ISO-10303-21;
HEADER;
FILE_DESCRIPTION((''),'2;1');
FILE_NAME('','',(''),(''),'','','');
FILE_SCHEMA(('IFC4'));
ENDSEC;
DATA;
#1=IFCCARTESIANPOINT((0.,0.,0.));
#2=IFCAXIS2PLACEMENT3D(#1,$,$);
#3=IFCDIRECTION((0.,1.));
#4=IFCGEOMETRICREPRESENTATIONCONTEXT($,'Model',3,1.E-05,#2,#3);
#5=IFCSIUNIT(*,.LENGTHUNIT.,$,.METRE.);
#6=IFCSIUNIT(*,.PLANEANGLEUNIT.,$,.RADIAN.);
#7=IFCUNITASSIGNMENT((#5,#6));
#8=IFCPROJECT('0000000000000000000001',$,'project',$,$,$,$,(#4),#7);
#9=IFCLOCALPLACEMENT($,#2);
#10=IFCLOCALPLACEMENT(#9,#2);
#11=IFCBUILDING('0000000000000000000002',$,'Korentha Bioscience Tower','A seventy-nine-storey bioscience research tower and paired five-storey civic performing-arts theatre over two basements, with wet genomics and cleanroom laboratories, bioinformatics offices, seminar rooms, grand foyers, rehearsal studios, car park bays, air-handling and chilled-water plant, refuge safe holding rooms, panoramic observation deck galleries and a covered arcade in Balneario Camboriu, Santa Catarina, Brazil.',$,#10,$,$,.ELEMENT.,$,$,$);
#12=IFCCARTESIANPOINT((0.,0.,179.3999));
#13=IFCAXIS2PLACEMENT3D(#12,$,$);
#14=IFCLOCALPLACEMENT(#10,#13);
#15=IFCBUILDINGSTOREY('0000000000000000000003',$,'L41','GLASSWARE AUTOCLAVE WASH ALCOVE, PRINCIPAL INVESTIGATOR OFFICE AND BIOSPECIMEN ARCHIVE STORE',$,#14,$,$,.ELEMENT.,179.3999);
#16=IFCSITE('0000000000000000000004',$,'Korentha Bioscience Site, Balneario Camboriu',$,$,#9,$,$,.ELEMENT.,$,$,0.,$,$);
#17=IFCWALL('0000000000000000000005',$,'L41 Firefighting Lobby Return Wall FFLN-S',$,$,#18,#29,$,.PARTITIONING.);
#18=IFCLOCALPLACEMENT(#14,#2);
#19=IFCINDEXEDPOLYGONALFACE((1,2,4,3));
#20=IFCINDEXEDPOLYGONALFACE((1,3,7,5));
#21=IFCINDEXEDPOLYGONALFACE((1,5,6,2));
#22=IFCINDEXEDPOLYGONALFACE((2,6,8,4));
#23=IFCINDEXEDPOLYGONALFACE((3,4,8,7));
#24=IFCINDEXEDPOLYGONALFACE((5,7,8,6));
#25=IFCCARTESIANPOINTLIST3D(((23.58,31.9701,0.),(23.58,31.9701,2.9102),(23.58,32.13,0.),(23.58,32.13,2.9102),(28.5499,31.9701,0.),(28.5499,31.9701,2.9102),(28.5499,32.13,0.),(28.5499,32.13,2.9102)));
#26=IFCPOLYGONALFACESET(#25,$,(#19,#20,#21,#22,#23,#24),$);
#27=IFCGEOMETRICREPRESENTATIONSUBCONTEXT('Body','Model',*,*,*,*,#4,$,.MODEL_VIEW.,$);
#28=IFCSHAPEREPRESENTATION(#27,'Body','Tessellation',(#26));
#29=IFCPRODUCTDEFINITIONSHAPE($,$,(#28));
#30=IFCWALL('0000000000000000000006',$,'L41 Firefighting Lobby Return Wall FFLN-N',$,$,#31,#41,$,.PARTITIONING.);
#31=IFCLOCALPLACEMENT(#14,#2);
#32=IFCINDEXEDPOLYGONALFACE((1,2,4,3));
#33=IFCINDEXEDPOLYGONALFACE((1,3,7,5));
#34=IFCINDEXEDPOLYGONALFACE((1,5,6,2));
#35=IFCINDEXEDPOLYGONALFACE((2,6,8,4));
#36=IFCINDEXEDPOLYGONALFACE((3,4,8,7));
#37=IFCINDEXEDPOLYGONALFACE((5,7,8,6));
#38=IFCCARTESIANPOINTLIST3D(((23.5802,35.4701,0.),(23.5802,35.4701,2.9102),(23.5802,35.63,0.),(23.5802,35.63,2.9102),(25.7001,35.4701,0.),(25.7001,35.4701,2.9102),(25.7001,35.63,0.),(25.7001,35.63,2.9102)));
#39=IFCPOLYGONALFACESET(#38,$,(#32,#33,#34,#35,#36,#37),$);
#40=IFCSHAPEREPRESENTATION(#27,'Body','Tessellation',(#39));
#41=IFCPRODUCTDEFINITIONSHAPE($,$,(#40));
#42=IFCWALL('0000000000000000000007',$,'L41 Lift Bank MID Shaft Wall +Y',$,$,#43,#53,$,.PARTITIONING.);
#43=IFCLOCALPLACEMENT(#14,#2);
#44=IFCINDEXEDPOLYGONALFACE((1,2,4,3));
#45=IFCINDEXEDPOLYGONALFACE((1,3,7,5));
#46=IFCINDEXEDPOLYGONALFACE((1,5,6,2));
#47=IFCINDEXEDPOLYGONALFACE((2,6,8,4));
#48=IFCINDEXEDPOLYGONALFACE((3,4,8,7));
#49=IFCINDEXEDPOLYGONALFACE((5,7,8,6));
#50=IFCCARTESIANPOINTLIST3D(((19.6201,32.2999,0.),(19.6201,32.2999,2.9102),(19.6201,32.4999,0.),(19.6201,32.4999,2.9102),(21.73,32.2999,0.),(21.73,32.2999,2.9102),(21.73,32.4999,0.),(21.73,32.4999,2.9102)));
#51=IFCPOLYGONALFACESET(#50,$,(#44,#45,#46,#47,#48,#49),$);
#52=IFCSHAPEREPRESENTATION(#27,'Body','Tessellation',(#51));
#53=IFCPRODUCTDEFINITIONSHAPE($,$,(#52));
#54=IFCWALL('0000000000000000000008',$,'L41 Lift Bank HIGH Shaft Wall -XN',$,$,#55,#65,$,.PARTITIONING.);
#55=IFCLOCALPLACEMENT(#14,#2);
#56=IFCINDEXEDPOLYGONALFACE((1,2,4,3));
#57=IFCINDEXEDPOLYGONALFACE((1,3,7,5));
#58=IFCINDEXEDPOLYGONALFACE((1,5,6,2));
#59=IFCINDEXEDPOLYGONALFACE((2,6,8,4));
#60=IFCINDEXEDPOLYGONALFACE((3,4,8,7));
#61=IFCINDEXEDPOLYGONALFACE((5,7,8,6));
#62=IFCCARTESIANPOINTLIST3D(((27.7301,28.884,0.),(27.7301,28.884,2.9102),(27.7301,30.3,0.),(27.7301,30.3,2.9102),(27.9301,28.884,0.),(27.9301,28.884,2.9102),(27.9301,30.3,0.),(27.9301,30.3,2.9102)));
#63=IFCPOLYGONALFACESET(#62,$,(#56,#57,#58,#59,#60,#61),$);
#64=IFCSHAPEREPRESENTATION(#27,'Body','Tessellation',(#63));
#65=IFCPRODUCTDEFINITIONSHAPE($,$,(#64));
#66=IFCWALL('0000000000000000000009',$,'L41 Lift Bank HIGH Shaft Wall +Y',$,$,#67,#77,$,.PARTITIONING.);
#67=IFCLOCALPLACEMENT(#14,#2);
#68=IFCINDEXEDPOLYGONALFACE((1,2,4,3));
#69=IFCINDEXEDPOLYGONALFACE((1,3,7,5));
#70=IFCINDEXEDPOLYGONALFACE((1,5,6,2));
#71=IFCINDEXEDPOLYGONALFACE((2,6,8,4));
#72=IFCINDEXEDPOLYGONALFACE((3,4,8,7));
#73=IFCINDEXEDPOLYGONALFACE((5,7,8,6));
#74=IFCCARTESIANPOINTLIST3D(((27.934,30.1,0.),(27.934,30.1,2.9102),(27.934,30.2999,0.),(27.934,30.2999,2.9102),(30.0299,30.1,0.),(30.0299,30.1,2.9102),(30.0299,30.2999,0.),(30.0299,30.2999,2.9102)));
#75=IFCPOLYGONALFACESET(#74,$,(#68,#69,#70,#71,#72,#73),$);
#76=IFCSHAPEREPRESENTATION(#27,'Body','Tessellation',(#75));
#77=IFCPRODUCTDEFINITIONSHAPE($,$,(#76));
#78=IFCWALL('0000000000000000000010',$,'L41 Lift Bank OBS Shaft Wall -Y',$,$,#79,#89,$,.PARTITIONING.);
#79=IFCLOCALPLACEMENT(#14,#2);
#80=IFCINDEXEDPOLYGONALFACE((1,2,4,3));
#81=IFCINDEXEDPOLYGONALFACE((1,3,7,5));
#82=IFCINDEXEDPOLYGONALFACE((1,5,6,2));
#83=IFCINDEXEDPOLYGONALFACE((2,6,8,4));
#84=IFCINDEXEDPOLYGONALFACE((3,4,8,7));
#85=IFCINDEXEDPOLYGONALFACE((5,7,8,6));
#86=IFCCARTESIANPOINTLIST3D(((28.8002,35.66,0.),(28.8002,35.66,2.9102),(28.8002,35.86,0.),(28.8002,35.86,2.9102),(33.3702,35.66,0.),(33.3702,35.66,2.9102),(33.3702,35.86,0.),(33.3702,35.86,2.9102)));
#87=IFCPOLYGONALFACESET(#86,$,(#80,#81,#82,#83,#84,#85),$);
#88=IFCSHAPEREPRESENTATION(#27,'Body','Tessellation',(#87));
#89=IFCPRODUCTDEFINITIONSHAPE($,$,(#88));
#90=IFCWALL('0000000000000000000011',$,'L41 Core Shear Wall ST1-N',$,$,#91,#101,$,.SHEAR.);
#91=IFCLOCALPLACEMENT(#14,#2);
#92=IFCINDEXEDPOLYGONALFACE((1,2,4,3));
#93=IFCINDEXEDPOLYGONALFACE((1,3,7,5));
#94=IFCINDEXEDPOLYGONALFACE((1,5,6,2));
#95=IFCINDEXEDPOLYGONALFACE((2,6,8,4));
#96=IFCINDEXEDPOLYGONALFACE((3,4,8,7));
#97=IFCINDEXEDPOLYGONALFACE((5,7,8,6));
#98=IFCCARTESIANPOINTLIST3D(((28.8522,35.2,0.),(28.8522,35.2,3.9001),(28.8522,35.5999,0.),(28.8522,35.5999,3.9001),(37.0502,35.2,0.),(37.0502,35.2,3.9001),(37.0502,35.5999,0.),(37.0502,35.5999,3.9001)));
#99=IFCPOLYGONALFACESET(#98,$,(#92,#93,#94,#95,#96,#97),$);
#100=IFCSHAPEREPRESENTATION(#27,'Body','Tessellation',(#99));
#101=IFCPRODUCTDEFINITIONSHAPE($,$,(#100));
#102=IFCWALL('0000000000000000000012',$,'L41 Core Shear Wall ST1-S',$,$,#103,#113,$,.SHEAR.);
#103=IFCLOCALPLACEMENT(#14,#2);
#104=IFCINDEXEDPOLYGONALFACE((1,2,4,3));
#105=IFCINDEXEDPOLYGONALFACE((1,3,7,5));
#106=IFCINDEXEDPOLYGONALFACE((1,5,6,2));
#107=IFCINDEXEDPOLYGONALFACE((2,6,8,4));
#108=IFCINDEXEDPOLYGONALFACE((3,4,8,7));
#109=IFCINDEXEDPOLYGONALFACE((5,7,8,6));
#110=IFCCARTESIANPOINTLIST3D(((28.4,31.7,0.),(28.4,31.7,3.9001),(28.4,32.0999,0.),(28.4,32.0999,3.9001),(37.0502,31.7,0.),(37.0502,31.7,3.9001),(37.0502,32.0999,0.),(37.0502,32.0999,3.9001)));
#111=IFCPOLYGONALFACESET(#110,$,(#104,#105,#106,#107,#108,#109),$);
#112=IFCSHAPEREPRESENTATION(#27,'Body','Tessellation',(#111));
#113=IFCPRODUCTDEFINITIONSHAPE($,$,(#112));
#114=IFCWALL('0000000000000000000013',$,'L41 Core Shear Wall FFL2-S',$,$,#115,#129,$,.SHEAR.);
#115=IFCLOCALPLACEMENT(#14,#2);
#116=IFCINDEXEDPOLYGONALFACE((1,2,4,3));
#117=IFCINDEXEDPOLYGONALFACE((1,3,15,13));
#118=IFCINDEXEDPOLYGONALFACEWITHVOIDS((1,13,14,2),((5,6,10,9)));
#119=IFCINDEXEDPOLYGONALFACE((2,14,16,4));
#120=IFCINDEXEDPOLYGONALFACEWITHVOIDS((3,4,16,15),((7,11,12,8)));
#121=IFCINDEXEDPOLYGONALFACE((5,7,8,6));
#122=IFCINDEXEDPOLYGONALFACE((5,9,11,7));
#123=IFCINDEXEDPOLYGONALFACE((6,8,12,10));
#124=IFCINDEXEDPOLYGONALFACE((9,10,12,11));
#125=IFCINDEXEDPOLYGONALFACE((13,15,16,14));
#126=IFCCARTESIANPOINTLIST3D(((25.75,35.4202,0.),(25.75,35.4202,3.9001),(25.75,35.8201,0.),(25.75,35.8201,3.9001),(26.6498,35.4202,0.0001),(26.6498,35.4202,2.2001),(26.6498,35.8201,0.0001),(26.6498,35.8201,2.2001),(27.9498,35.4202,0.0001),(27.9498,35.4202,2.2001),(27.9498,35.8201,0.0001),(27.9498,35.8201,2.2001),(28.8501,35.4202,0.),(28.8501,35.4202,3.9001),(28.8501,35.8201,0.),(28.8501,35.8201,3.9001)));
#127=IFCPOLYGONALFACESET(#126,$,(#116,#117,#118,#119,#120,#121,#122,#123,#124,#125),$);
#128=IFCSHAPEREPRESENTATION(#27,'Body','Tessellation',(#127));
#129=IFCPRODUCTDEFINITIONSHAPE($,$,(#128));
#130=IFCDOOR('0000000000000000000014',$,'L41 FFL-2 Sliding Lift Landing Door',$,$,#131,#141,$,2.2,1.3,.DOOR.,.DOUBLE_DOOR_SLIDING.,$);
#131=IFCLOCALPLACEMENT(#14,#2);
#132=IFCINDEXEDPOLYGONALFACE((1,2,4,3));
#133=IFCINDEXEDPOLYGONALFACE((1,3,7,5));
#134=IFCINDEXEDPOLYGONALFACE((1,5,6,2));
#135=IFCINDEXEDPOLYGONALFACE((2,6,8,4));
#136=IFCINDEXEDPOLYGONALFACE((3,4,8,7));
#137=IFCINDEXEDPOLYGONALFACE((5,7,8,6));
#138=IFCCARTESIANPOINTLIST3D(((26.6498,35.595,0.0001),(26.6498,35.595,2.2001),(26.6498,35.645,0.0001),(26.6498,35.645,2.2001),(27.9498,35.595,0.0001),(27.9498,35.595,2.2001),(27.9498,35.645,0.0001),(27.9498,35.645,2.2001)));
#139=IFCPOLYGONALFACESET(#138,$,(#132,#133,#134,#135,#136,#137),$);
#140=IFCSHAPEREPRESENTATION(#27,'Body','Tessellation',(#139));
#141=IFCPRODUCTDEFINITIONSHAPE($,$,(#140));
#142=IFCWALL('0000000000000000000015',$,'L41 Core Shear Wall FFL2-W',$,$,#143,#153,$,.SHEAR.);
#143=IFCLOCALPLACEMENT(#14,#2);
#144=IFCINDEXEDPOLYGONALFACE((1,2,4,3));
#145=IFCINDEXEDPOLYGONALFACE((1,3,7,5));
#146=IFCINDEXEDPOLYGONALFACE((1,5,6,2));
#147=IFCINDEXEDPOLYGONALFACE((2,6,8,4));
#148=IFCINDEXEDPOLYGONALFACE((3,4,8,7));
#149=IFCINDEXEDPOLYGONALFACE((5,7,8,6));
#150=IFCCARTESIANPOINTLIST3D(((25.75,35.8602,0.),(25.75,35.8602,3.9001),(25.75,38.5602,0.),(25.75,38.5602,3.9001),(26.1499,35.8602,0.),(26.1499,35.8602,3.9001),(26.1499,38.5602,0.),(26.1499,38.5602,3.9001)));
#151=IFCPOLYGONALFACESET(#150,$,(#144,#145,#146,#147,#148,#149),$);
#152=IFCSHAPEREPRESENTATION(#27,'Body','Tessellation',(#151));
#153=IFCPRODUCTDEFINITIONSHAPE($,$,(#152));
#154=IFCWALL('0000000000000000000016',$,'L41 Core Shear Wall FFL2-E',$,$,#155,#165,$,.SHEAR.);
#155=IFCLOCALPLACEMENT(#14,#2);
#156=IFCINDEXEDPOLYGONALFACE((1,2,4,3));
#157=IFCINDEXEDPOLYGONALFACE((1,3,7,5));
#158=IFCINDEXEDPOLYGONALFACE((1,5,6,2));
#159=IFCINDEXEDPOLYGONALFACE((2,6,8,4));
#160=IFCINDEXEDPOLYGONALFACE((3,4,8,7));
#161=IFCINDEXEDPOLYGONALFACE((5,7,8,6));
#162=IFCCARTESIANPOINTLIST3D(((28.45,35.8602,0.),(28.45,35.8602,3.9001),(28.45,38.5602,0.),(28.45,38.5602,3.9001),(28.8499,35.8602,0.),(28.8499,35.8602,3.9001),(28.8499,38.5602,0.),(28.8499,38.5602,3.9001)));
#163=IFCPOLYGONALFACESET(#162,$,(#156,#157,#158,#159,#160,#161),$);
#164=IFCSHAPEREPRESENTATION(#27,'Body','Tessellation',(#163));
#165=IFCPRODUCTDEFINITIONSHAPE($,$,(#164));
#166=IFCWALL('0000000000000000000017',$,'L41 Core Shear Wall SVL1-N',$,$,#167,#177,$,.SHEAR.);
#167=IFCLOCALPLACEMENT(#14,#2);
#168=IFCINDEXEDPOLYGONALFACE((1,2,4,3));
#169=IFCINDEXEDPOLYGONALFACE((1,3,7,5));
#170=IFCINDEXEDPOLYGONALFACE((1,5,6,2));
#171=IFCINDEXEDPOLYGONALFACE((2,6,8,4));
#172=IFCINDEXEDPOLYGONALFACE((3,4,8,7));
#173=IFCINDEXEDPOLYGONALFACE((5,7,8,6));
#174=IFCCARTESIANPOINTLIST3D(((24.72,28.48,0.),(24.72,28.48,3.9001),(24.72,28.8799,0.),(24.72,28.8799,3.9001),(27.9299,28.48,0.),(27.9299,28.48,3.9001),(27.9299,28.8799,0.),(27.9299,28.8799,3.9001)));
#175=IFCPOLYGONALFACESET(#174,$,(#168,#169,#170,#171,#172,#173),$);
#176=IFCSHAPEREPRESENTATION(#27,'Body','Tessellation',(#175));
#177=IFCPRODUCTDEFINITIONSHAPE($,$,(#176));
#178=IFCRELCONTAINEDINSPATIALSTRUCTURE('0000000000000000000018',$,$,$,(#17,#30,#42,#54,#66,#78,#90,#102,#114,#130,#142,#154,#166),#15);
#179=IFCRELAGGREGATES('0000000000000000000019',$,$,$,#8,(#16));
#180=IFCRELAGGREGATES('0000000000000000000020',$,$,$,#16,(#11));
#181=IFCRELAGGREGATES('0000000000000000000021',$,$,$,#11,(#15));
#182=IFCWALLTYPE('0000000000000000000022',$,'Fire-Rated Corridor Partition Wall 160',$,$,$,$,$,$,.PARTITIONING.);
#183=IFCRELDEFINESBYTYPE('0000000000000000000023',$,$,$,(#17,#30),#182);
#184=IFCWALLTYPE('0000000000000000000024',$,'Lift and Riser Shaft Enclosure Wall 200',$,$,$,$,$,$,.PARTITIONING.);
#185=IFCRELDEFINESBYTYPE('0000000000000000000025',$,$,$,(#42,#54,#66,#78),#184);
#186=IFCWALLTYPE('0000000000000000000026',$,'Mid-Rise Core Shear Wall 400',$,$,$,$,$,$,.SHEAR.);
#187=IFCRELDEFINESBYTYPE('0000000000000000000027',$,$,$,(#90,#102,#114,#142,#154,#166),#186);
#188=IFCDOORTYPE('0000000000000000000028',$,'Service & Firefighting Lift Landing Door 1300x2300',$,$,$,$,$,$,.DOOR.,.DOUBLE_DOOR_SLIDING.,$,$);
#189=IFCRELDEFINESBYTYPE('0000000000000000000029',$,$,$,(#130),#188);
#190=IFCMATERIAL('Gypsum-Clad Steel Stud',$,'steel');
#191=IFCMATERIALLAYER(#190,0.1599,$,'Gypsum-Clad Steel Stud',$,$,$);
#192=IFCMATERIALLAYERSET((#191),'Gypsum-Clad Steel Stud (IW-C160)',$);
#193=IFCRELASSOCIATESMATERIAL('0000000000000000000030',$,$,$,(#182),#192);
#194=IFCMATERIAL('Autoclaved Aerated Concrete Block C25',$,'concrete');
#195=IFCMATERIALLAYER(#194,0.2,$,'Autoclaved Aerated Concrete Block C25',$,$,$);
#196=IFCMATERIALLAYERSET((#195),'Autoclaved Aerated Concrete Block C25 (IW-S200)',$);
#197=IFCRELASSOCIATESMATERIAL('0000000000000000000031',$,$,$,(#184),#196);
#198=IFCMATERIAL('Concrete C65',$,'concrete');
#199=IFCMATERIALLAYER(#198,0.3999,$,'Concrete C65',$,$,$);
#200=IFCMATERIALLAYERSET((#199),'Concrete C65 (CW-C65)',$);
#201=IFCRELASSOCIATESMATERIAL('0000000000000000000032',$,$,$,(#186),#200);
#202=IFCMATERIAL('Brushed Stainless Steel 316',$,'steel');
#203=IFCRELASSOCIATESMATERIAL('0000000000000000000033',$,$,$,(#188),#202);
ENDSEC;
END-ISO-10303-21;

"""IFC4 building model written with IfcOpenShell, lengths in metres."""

from ifc_helpers import new_model, si_unit, direction, frame, frame_2d, origin, place, context, subcontext, project, spatial, rectangle, extrude, material, layer, layer_set, type_object, element, fill, save


model = new_model("IFC4")

# Units and contexts
model_context = context("Model", 3, precision=1e-05, world=origin(), true_north=direction((0.0, 1.0)))
body_context = subcontext(model_context, "Body", "Model", "MODEL_VIEW")
ifc_project = project(units=[si_unit("LENGTHUNIT", "METRE"), si_unit("PLANEANGLEUNIT", "RADIAN")], contexts=[model_context])

# Site, building, storey
site_placement = place(None, origin())
site = spatial("IfcSite", under=ifc_project, at=site_placement, Name="Korentha Bioscience Site, Balneario Camboriu", CompositionType="ELEMENT", RefElevation=0.0)
building_placement = place(site_placement, origin())
building = spatial("IfcBuilding", under=site, at=building_placement, Name="Korentha Bioscience Tower", Description="A seventy-nine-storey bioscience research tower and paired five-storey civic performing-arts theatre over two basements, with wet genomics and cleanroom laboratories, bioinformatics offices, seminar rooms, grand foyers, rehearsal studios, car park bays, air-handling and chilled-water plant, refuge safe holding rooms, panoramic observation deck galleries and a covered arcade in Balneario Camboriu, Santa Catarina, Brazil.", CompositionType="ELEMENT")
storey_placement = place(building_placement, frame((0.0, 0.0, 179.3999)))
storey = spatial("IfcBuildingStorey", under=building, at=storey_placement, Name="L41", Description="GLASSWARE AUTOCLAVE WASH ALCOVE, PRINCIPAL INVESTIGATOR OFFICE AND BIOSPECIMEN ARCHIVE STORE", CompositionType="ELEMENT", Elevation=179.3999)

# Shared definitions
ifc_material_1 = material(Name="Concrete C65", Category="concrete")

# Shared definitions
ifc_material_2 = material(Name="Gypsum-Clad Steel Stud", Category="steel")
ifc_layer_1 = layer(ifc_material_2, 0.1599, Name="Gypsum-Clad Steel Stud")
ifc_layer_set_1 = layer_set([ifc_layer_1], Name="Gypsum-Clad Steel Stud (IW-C160)")
wall_type_1 = type_object("IfcWallType", Name="Fire-Rated Corridor Partition Wall 160", PredefinedType="PARTITIONING", material=ifc_layer_set_1)

# Walls
wall_1_placement = place(storey_placement, frame((23.5801, 32.05, 0.0), z_axis=(0.0, 0.0, 1.0), x_axis=(1.0, 0.0, 0.0)))
element("IfcWall", 1, at=wall_1_placement, inside=storey, type_object=wall_type_1, Name="L41 Firefighting Lobby Return Wall FFLN-S", PredefinedType="PARTITIONING", context=body_context, shape_type="SweptSolid", body=[
    extrude(rectangle(XDim=4.97, YDim=0.1599, at=frame_2d((2.4849, 0.0))), origin(), (0.0, 0.0, 1.0), 2.9102),
])
wall_2_placement = place(storey_placement, frame((23.5801, 35.55, 0.0), z_axis=(0.0, 0.0, 1.0), x_axis=(1.0, 0.0, 0.0)))
element("IfcWall", 2, at=wall_2_placement, inside=storey, type_object=wall_type_1, Name="L41 Firefighting Lobby Return Wall FFLN-N", PredefinedType="PARTITIONING", context=body_context, shape_type="SweptSolid", body=[
    extrude(rectangle(XDim=2.1199, YDim=0.1599, at=frame_2d((1.0601, 0.0))), origin(), (0.0, 0.0, 1.0), 2.9102),
])
ifc_material_3 = material(Name="Autoclaved Aerated Concrete Block C25", Category="concrete")
ifc_layer_2 = layer(ifc_material_3, 0.2, Name="Autoclaved Aerated Concrete Block C25")
ifc_layer_set_2 = layer_set([ifc_layer_2], Name="Autoclaved Aerated Concrete Block C25 (IW-S200)")
wall_type_2 = type_object("IfcWallType", Name="Lift and Riser Shaft Enclosure Wall 200", PredefinedType="PARTITIONING", material=ifc_layer_set_2)
wall_3_placement = place(storey_placement, frame((19.6201, 32.3999, 0.0), z_axis=(0.0, 0.0, 1.0), x_axis=(1.0, 0.0, 0.0)))
element("IfcWall", 3, at=wall_3_placement, inside=storey, type_object=wall_type_2, Name="L41 Lift Bank MID Shaft Wall +Y", PredefinedType="PARTITIONING", context=body_context, shape_type="SweptSolid", body=[
    extrude(rectangle(XDim=2.1099, YDim=0.2, at=frame_2d((1.0549, 0.0))), origin(), (0.0, 0.0, 1.0), 2.9102),
])
wall_4_placement = place(storey_placement, frame((27.8301, 28.884, 0.0), z_axis=(0.0, 0.0, 1.0), x_axis=(0.0, 1.0, 0.0)))
element("IfcWall", 4, at=wall_4_placement, inside=storey, type_object=wall_type_2, Name="L41 Lift Bank HIGH Shaft Wall -XN", PredefinedType="PARTITIONING", context=body_context, shape_type="SweptSolid", body=[
    extrude(rectangle(XDim=1.416, YDim=0.2, at=frame_2d((0.708, 0.0))), origin(), (0.0, 0.0, 1.0), 2.9102),
])
wall_5_placement = place(storey_placement, frame((27.9341, 30.2, 0.0), z_axis=(0.0, 0.0, 1.0), x_axis=(1.0, 0.0, 0.0)))
element("IfcWall", 5, at=wall_5_placement, inside=storey, type_object=wall_type_2, Name="L41 Lift Bank HIGH Shaft Wall +Y", PredefinedType="PARTITIONING", context=body_context, shape_type="SweptSolid", body=[
    extrude(rectangle(XDim=2.0959, YDim=0.2, at=frame_2d((1.0479, 0.0))), origin(), (0.0, 0.0, 1.0), 2.9102),
])
wall_6_placement = place(storey_placement, frame((28.8, 35.76, 0.0), z_axis=(0.0, 0.0, 1.0), x_axis=(1.0, 0.0, 0.0)))
element("IfcWall", 6, at=wall_6_placement, inside=storey, type_object=wall_type_2, Name="L41 Lift Bank OBS Shaft Wall -Y", PredefinedType="PARTITIONING", context=body_context, shape_type="SweptSolid", body=[
    extrude(rectangle(XDim=4.5701, YDim=0.2, at=frame_2d((2.2852, 0.0))), origin(), (0.0, 0.0, 1.0), 2.9102),
])
ifc_layer_3 = layer(ifc_material_1, 0.3999, Name="Concrete C65")
ifc_layer_set_3 = layer_set([ifc_layer_3], Name="Concrete C65 (CW-C65)")
wall_type_3 = type_object("IfcWallType", Name="Mid-Rise Core Shear Wall 400", PredefinedType="SHEAR", material=ifc_layer_set_3)
wall_7_placement = place(storey_placement, frame((28.8521, 35.3999, 0.0), z_axis=(0.0, 0.0, 1.0), x_axis=(1.0, 0.0, 0.0)))
element("IfcWall", 7, at=wall_7_placement, inside=storey, type_object=wall_type_3, Name="L41 Core Shear Wall ST1-N", PredefinedType="SHEAR", context=body_context, shape_type="SweptSolid", body=[
    extrude(rectangle(XDim=8.198, YDim=0.3999, at=frame_2d((4.0991, 0.0))), origin(), (0.0, 0.0, 1.0), 3.9001),
])
wall_8_placement = place(storey_placement, frame((28.3999, 31.8999, 0.0), z_axis=(0.0, 0.0, 1.0), x_axis=(1.0, 0.0, 0.0)))
element("IfcWall", 8, at=wall_8_placement, inside=storey, type_object=wall_type_3, Name="L41 Core Shear Wall ST1-S", PredefinedType="SHEAR", context=body_context, shape_type="SweptSolid", body=[
    extrude(rectangle(XDim=8.6501, YDim=0.3999, at=frame_2d((4.3252, 0.0))), origin(), (0.0, 0.0, 1.0), 3.9001),
])

# Wall, opening, door
wall_9_placement = place(storey_placement, frame((25.75, 35.6201, 0.0), z_axis=(0.0, 0.0, 1.0), x_axis=(1.0, 0.0, 0.0)))
wall_9 = element("IfcWall", 9, at=wall_9_placement, inside=storey, type_object=wall_type_3, Name="L41 Core Shear Wall FFL2-S", PredefinedType="SHEAR", context=body_context, shape_type="SweptSolid", body=[
    extrude(rectangle(XDim=3.1001, YDim=0.3999, at=frame_2d((1.55, 0.0))), origin(), (0.0, 0.0, 1.0), 3.9001),
])
opening_1_placement = place(wall_9_placement, frame((0.8999, 0.0, 0.0)))
opening_1 = element("IfcOpeningElement", 10, at=opening_1_placement, cuts=wall_9, PredefinedType="OPENING", context=body_context, shape_type="SweptSolid", body=[
    extrude(rectangle(XDim=1.3, YDim=2.2, at=frame_2d((0.6499, 1.1001))), frame((0.0, 0.2148, 0.0), z_axis=(0.0, -1.0, 0.0), x_axis=(1.0, 0.0, 0.0)), (0.0, 0.0, 1.0), 0.4297),
])
ifc_material_4 = material(Name="Brushed Stainless Steel 316", Category="steel")
door_type_1 = type_object("IfcDoorType", Name="Service & Firefighting Lift Landing Door 1300x2300", OperationType="DOUBLE_DOOR_SLIDING", PredefinedType="DOOR", material=ifc_material_4)
door_1_placement = place(opening_1_placement, origin())
door_1 = element("IfcDoor", 11, at=door_1_placement, inside=storey, type_object=door_type_1, Name="L41 FFL-2 Sliding Lift Landing Door", OperationType="DOUBLE_DOOR_SLIDING", OverallHeight=2.2, OverallWidth=1.3, PredefinedType="DOOR", context=body_context, shape_type="SweptSolid", body=[
    extrude(rectangle(XDim=1.3, YDim=2.2, at=frame_2d((0.6499, 1.1001))), frame((0.0, 0.0249, 0.0), z_axis=(0.0, -1.0, 0.0), x_axis=(1.0, 0.0, 0.0)), (0.0, 0.0, 1.0), 0.05),
])
fill(opening_1, door_1)

# Walls
for number, where, z_axis, x_axis, name in (
    (12, (25.95, 35.8601, 0.0), (0.0, 0.0, 1.0), (0.0, 1.0, 0.0), "L41 Core Shear Wall FFL2-W"),
    (13, (28.6499, 35.8601, 0.0), (0.0, 0.0, 1.0), (0.0, 1.0, 0.0), "L41 Core Shear Wall FFL2-E"),
):
    element("IfcWall", number, at=place(storey_placement, frame(where, z_axis=z_axis, x_axis=x_axis)), inside=storey, type_object=wall_type_3, Name=name, PredefinedType="SHEAR", context=body_context, shape_type="SweptSolid", body=[
        extrude(rectangle(XDim=2.7, YDim=0.3999, at=frame_2d((1.3501, 0.0))), origin(), (0.0, 0.0, 1.0), 3.9001),
    ])
wall_10_placement = place(storey_placement, frame((24.72, 28.6799, 0.0), z_axis=(0.0, 0.0, 1.0), x_axis=(1.0, 0.0, 0.0)))
element("IfcWall", 14, at=wall_10_placement, inside=storey, type_object=wall_type_3, Name="L41 Core Shear Wall SVL1-N", PredefinedType="SHEAR", context=body_context, shape_type="SweptSolid", body=[
    extrude(rectangle(XDim=3.21, YDim=0.3999, at=frame_2d((1.605, 0.0))), origin(), (0.0, 0.0, 1.0), 3.9001),
])

save(model, "model.ifc")
